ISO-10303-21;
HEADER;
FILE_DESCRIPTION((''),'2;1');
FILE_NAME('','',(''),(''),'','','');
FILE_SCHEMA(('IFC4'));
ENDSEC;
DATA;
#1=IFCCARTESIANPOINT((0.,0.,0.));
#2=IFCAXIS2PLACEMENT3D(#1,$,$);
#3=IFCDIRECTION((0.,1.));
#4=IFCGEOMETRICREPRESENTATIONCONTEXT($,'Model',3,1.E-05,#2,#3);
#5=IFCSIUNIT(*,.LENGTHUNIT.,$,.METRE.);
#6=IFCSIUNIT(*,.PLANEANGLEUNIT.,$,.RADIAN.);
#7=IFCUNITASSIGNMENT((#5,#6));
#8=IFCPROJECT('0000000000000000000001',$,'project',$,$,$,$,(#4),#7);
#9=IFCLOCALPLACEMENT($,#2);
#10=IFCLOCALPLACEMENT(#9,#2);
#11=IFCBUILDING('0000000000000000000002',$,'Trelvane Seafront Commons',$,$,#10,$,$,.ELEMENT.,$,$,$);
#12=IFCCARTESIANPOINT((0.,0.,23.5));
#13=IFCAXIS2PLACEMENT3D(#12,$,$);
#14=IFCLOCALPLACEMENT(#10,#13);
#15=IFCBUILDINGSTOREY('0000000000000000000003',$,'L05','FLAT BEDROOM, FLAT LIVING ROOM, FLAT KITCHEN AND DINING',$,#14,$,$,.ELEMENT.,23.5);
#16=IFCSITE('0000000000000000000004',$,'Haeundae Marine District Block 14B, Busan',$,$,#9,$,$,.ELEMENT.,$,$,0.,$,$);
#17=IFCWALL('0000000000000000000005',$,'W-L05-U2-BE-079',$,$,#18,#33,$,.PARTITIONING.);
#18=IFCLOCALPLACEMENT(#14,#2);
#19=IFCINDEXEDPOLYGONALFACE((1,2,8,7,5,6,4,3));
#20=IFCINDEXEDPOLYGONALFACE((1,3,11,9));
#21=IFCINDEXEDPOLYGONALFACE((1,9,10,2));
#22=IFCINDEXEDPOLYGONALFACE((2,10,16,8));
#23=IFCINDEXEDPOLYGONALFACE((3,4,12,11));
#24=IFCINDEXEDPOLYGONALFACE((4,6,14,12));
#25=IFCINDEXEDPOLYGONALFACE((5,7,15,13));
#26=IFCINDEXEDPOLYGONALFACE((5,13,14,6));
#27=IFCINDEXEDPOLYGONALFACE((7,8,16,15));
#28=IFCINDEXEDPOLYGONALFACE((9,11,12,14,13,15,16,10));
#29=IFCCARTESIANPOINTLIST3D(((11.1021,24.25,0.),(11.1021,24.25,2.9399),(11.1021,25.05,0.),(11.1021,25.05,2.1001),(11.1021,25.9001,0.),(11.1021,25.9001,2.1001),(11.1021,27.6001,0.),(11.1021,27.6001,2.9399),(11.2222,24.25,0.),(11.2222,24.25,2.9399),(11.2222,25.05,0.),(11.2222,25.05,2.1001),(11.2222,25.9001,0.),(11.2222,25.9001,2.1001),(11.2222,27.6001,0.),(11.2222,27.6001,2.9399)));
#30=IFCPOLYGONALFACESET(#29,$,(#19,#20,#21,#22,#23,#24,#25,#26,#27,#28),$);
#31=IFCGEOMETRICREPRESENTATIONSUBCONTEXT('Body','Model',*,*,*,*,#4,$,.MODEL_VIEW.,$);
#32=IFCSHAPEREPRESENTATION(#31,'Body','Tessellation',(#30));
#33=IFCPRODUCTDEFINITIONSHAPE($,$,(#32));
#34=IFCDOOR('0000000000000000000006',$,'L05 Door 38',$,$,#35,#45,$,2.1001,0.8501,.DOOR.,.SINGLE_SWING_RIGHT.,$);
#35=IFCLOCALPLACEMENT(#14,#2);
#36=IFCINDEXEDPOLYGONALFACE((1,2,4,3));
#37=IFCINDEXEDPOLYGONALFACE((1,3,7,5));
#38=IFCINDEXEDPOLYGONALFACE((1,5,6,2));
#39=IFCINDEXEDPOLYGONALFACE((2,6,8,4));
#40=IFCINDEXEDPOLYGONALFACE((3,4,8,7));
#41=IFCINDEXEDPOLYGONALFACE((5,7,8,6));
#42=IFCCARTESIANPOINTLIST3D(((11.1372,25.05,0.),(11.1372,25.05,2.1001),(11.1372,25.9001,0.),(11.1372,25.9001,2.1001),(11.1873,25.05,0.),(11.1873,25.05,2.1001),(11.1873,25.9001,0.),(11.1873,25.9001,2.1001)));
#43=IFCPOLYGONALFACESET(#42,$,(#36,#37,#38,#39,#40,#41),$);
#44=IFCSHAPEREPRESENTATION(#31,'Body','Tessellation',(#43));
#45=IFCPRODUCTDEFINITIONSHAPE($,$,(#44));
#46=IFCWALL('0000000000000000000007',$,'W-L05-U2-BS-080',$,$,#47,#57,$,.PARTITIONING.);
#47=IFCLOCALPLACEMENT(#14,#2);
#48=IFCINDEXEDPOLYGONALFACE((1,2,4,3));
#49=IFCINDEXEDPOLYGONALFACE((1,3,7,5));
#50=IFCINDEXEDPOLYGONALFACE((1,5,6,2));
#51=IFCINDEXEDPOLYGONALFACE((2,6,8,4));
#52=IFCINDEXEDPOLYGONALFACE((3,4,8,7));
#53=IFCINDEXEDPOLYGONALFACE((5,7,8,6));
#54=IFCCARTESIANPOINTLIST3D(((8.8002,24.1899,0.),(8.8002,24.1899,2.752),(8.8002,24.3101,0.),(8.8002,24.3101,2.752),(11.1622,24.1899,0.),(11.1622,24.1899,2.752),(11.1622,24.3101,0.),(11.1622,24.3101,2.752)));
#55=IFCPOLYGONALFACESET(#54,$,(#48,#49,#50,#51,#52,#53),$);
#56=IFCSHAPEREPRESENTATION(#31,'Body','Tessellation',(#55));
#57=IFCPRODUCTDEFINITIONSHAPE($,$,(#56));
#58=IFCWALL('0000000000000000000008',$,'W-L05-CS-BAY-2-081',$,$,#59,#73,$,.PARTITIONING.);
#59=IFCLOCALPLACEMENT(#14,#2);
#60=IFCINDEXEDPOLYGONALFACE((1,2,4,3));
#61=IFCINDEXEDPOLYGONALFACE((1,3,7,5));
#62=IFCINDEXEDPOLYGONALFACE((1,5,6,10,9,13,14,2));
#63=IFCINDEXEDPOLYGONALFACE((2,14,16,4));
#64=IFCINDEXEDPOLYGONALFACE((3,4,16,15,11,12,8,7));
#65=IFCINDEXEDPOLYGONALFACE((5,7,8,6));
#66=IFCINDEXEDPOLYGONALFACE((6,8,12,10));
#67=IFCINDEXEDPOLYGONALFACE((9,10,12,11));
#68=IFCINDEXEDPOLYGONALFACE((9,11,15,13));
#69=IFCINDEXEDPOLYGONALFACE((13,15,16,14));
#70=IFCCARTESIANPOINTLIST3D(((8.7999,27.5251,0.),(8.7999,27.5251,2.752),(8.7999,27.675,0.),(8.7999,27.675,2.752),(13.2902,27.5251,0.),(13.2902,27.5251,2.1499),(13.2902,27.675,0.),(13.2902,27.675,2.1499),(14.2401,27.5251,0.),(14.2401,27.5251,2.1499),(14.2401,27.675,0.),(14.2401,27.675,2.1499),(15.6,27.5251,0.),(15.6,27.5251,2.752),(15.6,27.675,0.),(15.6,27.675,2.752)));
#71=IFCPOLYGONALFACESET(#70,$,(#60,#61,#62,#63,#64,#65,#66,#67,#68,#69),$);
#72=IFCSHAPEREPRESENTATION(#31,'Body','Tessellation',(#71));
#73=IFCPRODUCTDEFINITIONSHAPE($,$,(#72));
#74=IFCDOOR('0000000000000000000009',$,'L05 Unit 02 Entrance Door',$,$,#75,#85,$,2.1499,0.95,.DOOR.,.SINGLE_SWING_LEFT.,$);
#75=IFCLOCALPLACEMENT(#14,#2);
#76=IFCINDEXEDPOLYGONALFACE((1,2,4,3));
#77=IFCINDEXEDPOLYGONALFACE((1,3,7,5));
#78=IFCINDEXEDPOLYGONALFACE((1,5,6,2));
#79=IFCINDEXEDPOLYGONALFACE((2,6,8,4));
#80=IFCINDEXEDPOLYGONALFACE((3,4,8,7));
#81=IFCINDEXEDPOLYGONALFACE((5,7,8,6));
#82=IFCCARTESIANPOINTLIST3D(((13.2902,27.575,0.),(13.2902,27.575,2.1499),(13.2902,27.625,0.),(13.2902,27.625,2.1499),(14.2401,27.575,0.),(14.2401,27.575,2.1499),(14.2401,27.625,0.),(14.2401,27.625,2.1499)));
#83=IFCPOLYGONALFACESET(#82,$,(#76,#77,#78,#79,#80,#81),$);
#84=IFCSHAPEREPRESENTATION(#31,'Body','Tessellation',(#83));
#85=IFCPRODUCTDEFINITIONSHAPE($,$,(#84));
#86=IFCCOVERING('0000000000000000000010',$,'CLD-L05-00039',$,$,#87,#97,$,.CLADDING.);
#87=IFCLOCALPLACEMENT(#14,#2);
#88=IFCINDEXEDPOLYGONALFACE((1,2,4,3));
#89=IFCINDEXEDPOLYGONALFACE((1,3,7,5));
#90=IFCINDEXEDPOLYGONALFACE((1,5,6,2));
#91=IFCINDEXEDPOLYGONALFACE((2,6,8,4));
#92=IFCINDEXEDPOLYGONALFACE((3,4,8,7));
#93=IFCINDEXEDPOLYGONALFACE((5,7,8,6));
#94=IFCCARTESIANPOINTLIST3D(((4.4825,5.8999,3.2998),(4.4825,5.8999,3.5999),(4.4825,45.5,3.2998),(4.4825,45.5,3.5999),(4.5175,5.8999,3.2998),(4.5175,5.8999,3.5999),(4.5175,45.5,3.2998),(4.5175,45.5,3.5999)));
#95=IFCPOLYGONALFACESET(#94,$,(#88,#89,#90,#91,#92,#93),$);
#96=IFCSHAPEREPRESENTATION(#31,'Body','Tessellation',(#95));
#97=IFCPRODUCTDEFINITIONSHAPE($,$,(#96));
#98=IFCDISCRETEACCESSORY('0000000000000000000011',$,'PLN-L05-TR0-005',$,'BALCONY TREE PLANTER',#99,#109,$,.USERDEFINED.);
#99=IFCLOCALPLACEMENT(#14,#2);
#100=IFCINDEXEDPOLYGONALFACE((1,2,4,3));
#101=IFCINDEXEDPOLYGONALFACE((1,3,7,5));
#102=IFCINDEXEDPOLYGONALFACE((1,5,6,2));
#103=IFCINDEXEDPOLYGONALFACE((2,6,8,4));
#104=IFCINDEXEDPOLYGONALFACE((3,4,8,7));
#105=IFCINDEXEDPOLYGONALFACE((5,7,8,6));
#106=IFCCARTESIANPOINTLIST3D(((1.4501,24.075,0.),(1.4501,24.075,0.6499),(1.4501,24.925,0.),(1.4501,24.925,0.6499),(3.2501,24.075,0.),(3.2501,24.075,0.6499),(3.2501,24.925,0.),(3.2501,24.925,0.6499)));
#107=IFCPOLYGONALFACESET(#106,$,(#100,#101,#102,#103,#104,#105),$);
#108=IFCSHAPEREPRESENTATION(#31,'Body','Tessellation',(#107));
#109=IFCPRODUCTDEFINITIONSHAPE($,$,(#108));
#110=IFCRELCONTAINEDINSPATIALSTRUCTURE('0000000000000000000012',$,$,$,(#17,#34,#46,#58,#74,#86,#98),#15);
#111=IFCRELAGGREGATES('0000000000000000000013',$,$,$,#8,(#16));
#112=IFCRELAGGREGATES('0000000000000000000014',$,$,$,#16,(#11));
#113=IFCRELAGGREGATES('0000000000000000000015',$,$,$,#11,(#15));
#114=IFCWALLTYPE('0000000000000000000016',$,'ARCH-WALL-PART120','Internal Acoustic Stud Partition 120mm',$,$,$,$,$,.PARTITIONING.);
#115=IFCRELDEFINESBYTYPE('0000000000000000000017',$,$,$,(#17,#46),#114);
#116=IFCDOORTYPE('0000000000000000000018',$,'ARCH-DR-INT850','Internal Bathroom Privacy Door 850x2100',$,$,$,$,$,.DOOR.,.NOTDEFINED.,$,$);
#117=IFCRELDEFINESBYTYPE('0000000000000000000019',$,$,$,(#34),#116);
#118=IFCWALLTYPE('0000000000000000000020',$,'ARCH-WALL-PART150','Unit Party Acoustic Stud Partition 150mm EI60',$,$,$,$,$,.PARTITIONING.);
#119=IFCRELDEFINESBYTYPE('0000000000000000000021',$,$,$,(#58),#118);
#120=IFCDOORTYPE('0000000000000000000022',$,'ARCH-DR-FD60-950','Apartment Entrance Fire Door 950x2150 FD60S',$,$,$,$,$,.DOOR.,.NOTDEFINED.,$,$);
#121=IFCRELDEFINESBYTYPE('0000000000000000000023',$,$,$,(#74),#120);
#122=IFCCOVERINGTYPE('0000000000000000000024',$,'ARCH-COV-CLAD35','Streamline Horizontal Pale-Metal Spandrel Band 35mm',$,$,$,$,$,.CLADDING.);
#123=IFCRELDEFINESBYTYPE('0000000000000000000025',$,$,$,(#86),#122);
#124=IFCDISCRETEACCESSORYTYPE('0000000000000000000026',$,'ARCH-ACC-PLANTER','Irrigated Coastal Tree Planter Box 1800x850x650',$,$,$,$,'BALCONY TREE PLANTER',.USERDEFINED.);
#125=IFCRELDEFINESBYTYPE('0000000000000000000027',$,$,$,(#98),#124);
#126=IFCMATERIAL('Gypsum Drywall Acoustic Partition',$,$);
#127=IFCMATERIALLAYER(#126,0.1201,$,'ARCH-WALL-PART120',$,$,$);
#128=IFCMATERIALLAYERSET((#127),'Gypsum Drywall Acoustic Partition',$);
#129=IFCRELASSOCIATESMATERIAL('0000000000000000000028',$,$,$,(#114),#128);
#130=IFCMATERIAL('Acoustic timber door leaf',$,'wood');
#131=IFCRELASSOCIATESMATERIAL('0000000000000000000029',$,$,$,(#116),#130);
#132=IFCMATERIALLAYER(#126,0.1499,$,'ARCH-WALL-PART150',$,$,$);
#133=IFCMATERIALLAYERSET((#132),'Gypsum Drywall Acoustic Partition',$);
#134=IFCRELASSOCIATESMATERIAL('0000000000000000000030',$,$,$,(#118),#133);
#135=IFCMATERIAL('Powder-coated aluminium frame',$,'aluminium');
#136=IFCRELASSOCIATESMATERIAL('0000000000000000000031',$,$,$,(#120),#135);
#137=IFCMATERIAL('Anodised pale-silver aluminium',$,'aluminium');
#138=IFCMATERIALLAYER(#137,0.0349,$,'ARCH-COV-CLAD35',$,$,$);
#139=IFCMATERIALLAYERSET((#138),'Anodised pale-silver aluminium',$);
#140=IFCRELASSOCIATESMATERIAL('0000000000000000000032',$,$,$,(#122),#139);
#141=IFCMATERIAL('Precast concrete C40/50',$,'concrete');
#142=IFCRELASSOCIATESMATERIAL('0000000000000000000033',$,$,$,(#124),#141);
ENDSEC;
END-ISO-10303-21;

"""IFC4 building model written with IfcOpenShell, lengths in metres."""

from ifc_helpers import new_model, si_unit, direction, frame, frame_2d, origin, origin_2d, place, context, subcontext, project, spatial, rectangle, extrude, source, transform, mapped, material, layer, layer_set, type_object, element, fill, save


model = new_model("IFC4")

# Units and contexts
model_context = context("Model", 3, precision=1e-05, world=origin(), true_north=direction((0.0, 1.0)))
body_context = subcontext(model_context, "Body", "Model", "MODEL_VIEW")
ifc_project = project(units=[si_unit("LENGTHUNIT", "METRE"), si_unit("PLANEANGLEUNIT", "RADIAN")], contexts=[model_context])

# Site, building, storey
site_placement = place(None, origin())
site = spatial("IfcSite", under=ifc_project, at=site_placement, Name="Haeundae Marine District Block 14B, Busan", CompositionType="ELEMENT", RefElevation=0.0)
building_placement = place(site_placement, origin())
building = spatial("IfcBuilding", under=site, at=building_placement, Name="Trelvane Seafront Commons", CompositionType="ELEMENT")
storey_placement = place(building_placement, frame((0.0, 0.0, 23.5)))
storey = spatial("IfcBuildingStorey", under=building, at=storey_placement, Name="L05", Description="FLAT BEDROOM, FLAT LIVING ROOM, FLAT KITCHEN AND DINING", CompositionType="ELEMENT", Elevation=23.5)

# Shared definitions
ifc_material_1 = material(Name="Gypsum Drywall Acoustic Partition")
ifc_layer_1 = layer(ifc_material_1, 0.1201, Name="ARCH-WALL-PART120")
ifc_layer_set_1 = layer_set([ifc_layer_1], Name="Gypsum Drywall Acoustic Partition")
wall_type_1 = type_object("IfcWallType", Name="ARCH-WALL-PART120", Description="Internal Acoustic Stud Partition 120mm", PredefinedType="PARTITIONING", material=ifc_layer_set_1)
ifc_material_2 = material(Name="Acoustic timber door leaf", Category="wood")
shared_shape_1 = source(origin(), body_context, "Body", "SweptSolid", [
    extrude(rectangle(XDim=0.95, YDim=2.1499, at=frame_2d((0.4751, 1.075))), frame((0.0, 0.0249, 0.0), z_axis=(0.0, -1.0, 0.0), x_axis=(1.0, 0.0, 0.0)), (0.0, 0.0, 1.0), 0.05),
])
door_type_1 = type_object("IfcDoorType", Name="ARCH-DR-INT850", Description="Internal Bathroom Privacy Door 850x2100", OperationType="NOTDEFINED", PredefinedType="DOOR", material=ifc_material_2)
shared_shape_2 = source(origin(), body_context, "Body", "SweptSolid", [
    extrude(rectangle(XDim=0.8501, YDim=2.1001, at=frame_2d((0.425, 1.05))), frame((0.0, 0.0249, 0.0), z_axis=(0.0, -1.0, 0.0), x_axis=(1.0, 0.0, 0.0)), (0.0, 0.0, 1.0), 0.05),
])

# Wall, opening, door
wall_1_placement = place(storey_placement, frame((11.1621, 24.25, 0.0), z_axis=(0.0, 0.0, 1.0), x_axis=(0.0, 1.0, 0.0)))
wall_1 = element("IfcWall", 1, at=wall_1_placement, inside=storey, type_object=wall_type_1, Name="W-L05-U2-BE-079", PredefinedType="PARTITIONING", context=body_context, shape_type="SweptSolid", body=[
    extrude(rectangle(XDim=3.3501, YDim=0.1201, at=frame_2d((1.675, 0.0))), origin(), (0.0, 0.0, 1.0), 2.9399),
])
opening_1_placement = place(wall_1_placement, frame((0.8, 0.0, 0.0)))
opening_1 = element("IfcOpeningElement", 2, at=opening_1_placement, cuts=wall_1, PredefinedType="OPENING", context=body_context, shape_type="SweptSolid", body=[
    extrude(rectangle(XDim=0.8501, YDim=2.1001, at=frame_2d((0.425, 1.05))), frame((0.0, 0.0701, 0.0), z_axis=(0.0, -1.0, 0.0), x_axis=(1.0, 0.0, 0.0)), (0.0, 0.0, 1.0), 0.1401),
])
door_1_placement = place(opening_1_placement, origin())
door_1 = element("IfcDoor", 3, at=door_1_placement, inside=storey, type_object=door_type_1, Name="L05 Door 38", OperationType="SINGLE_SWING_RIGHT", OverallHeight=2.1001, OverallWidth=0.8501, PredefinedType="DOOR", context=body_context, shape_type="MappedRepresentation", body=[
    mapped(shared_shape_2, transform((0.0, 0.0, 0.0), x_axis=(1.0, 0.0, 0.0), y_axis=(0.0, 1.0, 0.0), z_axis=(0.0, 0.0, 1.0), scale=1.0)),
])
fill(opening_1, door_1)

# Wall
wall_2_placement = place(storey_placement, frame((8.8, 24.25, 0.0), z_axis=(0.0, 0.0, 1.0), x_axis=(1.0, 0.0, 0.0)))
element("IfcWall", 4, at=wall_2_placement, inside=storey, type_object=wall_type_1, Name="W-L05-U2-BS-080", PredefinedType="PARTITIONING", context=body_context, shape_type="SweptSolid", body=[
    extrude(rectangle(XDim=2.3621, YDim=0.1201, at=frame_2d((1.1812, 0.0))), origin(), (0.0, 0.0, 1.0), 2.752),
])

# Wall, opening, door
ifc_layer_2 = layer(ifc_material_1, 0.1499, Name="ARCH-WALL-PART150")
ifc_layer_set_2 = layer_set([ifc_layer_2], Name="Gypsum Drywall Acoustic Partition")
wall_type_2 = type_object("IfcWallType", Name="ARCH-WALL-PART150", Description="Unit Party Acoustic Stud Partition 150mm EI60", PredefinedType="PARTITIONING", material=ifc_layer_set_2)
ifc_material_3 = material(Name="Powder-coated aluminium frame", Category="aluminium")
door_type_2 = type_object("IfcDoorType", Name="ARCH-DR-FD60-950", Description="Apartment Entrance Fire Door 950x2150 FD60S", OperationType="NOTDEFINED", PredefinedType="DOOR", material=ifc_material_3)
wall_3_placement = place(storey_placement, frame((8.8, 27.6001, 0.0), z_axis=(0.0, 0.0, 1.0), x_axis=(1.0, 0.0, 0.0)))
wall_3 = element("IfcWall", 5, at=wall_3_placement, inside=storey, type_object=wall_type_2, Name="W-L05-CS-BAY-2-081", PredefinedType="PARTITIONING", context=body_context, shape_type="SweptSolid", body=[
    extrude(rectangle(XDim=6.8, YDim=0.1499, at=frame_2d((3.3999, 0.0))), origin(), (0.0, 0.0, 1.0), 2.752),
])
opening_2_placement = place(wall_3_placement, frame((4.49, 0.0, 0.0)))
opening_2 = element("IfcOpeningElement", 6, at=opening_2_placement, cuts=wall_3, PredefinedType="OPENING", context=body_context, shape_type="SweptSolid", body=[
    extrude(rectangle(XDim=0.95, YDim=2.1499, at=frame_2d((0.4751, 1.075))), frame((0.0, 0.085, 0.0), z_axis=(0.0, -1.0, 0.0), x_axis=(1.0, 0.0, 0.0)), (0.0, 0.0, 1.0), 0.1699),
])
door_2_placement = place(opening_2_placement, origin())
door_2 = element("IfcDoor", 7, at=door_2_placement, inside=storey, type_object=door_type_2, Name="L05 Unit 02 Entrance Door", OperationType="SINGLE_SWING_LEFT", OverallHeight=2.1499, OverallWidth=0.95, PredefinedType="DOOR", context=body_context, shape_type="MappedRepresentation", body=[
    mapped(shared_shape_1, transform((0.0, 0.0, 0.0), x_axis=(1.0, 0.0, 0.0), y_axis=(0.0, 1.0, 0.0), z_axis=(0.0, 0.0, 1.0), scale=1.0)),
])
fill(opening_2, door_2)

# Covering
ifc_material_4 = material(Name="Anodised pale-silver aluminium", Category="aluminium")
ifc_layer_3 = layer(ifc_material_4, 0.0349, Name="ARCH-COV-CLAD35")
ifc_layer_set_3 = layer_set([ifc_layer_3], Name="Anodised pale-silver aluminium")
covering_type = type_object("IfcCoveringType", Name="ARCH-COV-CLAD35", Description="Streamline Horizontal Pale-Metal Spandrel Band 35mm", PredefinedType="CLADDING", material=ifc_layer_set_3)
shared_shape_3 = source(origin(), body_context, "Body", "SweptSolid", [
    extrude(rectangle(XDim=39.6001, YDim=0.0349, at=origin_2d()), origin(), (0.0, 0.0, 1.0), 0.3),
])
covering_placement = place(storey_placement, frame((4.5, 25.7, 3.2998), z_axis=(0.0, 0.0, 1.0), x_axis=(0.0, 1.0, 0.0)))
element("IfcCovering", 8, at=covering_placement, inside=storey, type_object=covering_type, Name="CLD-L05-00039", PredefinedType="CLADDING", context=body_context, shape_type="MappedRepresentation", body=[
    mapped(shared_shape_3, transform((0.0, 0.0, 0.0), x_axis=(1.0, 0.0, 0.0), y_axis=(0.0, 1.0, 0.0), z_axis=(0.0, 0.0, 1.0), scale=1.0)),
])

# Discrete accessory
ifc_material_5 = material(Name="Precast concrete C40/50", Category="concrete")
discrete_accessory_type = type_object("IfcDiscreteAccessoryType", Name="ARCH-ACC-PLANTER", Description="Irrigated Coastal Tree Planter Box 1800x850x650", ElementType="BALCONY TREE PLANTER", PredefinedType="USERDEFINED", material=ifc_material_5)
shared_shape_4 = source(origin(), body_context, "Body", "SweptSolid", [
    extrude(rectangle(XDim=1.8, YDim=0.8501, at=origin_2d()), origin(), (0.0, 0.0, 1.0), 0.6499),
])
discrete_accessory_placement = place(storey_placement, frame((2.3501, 24.5, 0.0), z_axis=(0.0, 0.0, 1.0), x_axis=(1.0, 0.0, 0.0)))
element("IfcDiscreteAccessory", 9, at=discrete_accessory_placement, inside=storey, type_object=discrete_accessory_type, Name="PLN-L05-TR0-005", ObjectType="BALCONY TREE PLANTER", PredefinedType="USERDEFINED", context=body_context, shape_type="MappedRepresentation", body=[
    mapped(shared_shape_4, transform((0.0, 0.0, 0.0), x_axis=(1.0, 0.0, 0.0), y_axis=(0.0, 1.0, 0.0), z_axis=(0.0, 0.0, 1.0), scale=1.0)),
])

save(model, "model.ifc")
